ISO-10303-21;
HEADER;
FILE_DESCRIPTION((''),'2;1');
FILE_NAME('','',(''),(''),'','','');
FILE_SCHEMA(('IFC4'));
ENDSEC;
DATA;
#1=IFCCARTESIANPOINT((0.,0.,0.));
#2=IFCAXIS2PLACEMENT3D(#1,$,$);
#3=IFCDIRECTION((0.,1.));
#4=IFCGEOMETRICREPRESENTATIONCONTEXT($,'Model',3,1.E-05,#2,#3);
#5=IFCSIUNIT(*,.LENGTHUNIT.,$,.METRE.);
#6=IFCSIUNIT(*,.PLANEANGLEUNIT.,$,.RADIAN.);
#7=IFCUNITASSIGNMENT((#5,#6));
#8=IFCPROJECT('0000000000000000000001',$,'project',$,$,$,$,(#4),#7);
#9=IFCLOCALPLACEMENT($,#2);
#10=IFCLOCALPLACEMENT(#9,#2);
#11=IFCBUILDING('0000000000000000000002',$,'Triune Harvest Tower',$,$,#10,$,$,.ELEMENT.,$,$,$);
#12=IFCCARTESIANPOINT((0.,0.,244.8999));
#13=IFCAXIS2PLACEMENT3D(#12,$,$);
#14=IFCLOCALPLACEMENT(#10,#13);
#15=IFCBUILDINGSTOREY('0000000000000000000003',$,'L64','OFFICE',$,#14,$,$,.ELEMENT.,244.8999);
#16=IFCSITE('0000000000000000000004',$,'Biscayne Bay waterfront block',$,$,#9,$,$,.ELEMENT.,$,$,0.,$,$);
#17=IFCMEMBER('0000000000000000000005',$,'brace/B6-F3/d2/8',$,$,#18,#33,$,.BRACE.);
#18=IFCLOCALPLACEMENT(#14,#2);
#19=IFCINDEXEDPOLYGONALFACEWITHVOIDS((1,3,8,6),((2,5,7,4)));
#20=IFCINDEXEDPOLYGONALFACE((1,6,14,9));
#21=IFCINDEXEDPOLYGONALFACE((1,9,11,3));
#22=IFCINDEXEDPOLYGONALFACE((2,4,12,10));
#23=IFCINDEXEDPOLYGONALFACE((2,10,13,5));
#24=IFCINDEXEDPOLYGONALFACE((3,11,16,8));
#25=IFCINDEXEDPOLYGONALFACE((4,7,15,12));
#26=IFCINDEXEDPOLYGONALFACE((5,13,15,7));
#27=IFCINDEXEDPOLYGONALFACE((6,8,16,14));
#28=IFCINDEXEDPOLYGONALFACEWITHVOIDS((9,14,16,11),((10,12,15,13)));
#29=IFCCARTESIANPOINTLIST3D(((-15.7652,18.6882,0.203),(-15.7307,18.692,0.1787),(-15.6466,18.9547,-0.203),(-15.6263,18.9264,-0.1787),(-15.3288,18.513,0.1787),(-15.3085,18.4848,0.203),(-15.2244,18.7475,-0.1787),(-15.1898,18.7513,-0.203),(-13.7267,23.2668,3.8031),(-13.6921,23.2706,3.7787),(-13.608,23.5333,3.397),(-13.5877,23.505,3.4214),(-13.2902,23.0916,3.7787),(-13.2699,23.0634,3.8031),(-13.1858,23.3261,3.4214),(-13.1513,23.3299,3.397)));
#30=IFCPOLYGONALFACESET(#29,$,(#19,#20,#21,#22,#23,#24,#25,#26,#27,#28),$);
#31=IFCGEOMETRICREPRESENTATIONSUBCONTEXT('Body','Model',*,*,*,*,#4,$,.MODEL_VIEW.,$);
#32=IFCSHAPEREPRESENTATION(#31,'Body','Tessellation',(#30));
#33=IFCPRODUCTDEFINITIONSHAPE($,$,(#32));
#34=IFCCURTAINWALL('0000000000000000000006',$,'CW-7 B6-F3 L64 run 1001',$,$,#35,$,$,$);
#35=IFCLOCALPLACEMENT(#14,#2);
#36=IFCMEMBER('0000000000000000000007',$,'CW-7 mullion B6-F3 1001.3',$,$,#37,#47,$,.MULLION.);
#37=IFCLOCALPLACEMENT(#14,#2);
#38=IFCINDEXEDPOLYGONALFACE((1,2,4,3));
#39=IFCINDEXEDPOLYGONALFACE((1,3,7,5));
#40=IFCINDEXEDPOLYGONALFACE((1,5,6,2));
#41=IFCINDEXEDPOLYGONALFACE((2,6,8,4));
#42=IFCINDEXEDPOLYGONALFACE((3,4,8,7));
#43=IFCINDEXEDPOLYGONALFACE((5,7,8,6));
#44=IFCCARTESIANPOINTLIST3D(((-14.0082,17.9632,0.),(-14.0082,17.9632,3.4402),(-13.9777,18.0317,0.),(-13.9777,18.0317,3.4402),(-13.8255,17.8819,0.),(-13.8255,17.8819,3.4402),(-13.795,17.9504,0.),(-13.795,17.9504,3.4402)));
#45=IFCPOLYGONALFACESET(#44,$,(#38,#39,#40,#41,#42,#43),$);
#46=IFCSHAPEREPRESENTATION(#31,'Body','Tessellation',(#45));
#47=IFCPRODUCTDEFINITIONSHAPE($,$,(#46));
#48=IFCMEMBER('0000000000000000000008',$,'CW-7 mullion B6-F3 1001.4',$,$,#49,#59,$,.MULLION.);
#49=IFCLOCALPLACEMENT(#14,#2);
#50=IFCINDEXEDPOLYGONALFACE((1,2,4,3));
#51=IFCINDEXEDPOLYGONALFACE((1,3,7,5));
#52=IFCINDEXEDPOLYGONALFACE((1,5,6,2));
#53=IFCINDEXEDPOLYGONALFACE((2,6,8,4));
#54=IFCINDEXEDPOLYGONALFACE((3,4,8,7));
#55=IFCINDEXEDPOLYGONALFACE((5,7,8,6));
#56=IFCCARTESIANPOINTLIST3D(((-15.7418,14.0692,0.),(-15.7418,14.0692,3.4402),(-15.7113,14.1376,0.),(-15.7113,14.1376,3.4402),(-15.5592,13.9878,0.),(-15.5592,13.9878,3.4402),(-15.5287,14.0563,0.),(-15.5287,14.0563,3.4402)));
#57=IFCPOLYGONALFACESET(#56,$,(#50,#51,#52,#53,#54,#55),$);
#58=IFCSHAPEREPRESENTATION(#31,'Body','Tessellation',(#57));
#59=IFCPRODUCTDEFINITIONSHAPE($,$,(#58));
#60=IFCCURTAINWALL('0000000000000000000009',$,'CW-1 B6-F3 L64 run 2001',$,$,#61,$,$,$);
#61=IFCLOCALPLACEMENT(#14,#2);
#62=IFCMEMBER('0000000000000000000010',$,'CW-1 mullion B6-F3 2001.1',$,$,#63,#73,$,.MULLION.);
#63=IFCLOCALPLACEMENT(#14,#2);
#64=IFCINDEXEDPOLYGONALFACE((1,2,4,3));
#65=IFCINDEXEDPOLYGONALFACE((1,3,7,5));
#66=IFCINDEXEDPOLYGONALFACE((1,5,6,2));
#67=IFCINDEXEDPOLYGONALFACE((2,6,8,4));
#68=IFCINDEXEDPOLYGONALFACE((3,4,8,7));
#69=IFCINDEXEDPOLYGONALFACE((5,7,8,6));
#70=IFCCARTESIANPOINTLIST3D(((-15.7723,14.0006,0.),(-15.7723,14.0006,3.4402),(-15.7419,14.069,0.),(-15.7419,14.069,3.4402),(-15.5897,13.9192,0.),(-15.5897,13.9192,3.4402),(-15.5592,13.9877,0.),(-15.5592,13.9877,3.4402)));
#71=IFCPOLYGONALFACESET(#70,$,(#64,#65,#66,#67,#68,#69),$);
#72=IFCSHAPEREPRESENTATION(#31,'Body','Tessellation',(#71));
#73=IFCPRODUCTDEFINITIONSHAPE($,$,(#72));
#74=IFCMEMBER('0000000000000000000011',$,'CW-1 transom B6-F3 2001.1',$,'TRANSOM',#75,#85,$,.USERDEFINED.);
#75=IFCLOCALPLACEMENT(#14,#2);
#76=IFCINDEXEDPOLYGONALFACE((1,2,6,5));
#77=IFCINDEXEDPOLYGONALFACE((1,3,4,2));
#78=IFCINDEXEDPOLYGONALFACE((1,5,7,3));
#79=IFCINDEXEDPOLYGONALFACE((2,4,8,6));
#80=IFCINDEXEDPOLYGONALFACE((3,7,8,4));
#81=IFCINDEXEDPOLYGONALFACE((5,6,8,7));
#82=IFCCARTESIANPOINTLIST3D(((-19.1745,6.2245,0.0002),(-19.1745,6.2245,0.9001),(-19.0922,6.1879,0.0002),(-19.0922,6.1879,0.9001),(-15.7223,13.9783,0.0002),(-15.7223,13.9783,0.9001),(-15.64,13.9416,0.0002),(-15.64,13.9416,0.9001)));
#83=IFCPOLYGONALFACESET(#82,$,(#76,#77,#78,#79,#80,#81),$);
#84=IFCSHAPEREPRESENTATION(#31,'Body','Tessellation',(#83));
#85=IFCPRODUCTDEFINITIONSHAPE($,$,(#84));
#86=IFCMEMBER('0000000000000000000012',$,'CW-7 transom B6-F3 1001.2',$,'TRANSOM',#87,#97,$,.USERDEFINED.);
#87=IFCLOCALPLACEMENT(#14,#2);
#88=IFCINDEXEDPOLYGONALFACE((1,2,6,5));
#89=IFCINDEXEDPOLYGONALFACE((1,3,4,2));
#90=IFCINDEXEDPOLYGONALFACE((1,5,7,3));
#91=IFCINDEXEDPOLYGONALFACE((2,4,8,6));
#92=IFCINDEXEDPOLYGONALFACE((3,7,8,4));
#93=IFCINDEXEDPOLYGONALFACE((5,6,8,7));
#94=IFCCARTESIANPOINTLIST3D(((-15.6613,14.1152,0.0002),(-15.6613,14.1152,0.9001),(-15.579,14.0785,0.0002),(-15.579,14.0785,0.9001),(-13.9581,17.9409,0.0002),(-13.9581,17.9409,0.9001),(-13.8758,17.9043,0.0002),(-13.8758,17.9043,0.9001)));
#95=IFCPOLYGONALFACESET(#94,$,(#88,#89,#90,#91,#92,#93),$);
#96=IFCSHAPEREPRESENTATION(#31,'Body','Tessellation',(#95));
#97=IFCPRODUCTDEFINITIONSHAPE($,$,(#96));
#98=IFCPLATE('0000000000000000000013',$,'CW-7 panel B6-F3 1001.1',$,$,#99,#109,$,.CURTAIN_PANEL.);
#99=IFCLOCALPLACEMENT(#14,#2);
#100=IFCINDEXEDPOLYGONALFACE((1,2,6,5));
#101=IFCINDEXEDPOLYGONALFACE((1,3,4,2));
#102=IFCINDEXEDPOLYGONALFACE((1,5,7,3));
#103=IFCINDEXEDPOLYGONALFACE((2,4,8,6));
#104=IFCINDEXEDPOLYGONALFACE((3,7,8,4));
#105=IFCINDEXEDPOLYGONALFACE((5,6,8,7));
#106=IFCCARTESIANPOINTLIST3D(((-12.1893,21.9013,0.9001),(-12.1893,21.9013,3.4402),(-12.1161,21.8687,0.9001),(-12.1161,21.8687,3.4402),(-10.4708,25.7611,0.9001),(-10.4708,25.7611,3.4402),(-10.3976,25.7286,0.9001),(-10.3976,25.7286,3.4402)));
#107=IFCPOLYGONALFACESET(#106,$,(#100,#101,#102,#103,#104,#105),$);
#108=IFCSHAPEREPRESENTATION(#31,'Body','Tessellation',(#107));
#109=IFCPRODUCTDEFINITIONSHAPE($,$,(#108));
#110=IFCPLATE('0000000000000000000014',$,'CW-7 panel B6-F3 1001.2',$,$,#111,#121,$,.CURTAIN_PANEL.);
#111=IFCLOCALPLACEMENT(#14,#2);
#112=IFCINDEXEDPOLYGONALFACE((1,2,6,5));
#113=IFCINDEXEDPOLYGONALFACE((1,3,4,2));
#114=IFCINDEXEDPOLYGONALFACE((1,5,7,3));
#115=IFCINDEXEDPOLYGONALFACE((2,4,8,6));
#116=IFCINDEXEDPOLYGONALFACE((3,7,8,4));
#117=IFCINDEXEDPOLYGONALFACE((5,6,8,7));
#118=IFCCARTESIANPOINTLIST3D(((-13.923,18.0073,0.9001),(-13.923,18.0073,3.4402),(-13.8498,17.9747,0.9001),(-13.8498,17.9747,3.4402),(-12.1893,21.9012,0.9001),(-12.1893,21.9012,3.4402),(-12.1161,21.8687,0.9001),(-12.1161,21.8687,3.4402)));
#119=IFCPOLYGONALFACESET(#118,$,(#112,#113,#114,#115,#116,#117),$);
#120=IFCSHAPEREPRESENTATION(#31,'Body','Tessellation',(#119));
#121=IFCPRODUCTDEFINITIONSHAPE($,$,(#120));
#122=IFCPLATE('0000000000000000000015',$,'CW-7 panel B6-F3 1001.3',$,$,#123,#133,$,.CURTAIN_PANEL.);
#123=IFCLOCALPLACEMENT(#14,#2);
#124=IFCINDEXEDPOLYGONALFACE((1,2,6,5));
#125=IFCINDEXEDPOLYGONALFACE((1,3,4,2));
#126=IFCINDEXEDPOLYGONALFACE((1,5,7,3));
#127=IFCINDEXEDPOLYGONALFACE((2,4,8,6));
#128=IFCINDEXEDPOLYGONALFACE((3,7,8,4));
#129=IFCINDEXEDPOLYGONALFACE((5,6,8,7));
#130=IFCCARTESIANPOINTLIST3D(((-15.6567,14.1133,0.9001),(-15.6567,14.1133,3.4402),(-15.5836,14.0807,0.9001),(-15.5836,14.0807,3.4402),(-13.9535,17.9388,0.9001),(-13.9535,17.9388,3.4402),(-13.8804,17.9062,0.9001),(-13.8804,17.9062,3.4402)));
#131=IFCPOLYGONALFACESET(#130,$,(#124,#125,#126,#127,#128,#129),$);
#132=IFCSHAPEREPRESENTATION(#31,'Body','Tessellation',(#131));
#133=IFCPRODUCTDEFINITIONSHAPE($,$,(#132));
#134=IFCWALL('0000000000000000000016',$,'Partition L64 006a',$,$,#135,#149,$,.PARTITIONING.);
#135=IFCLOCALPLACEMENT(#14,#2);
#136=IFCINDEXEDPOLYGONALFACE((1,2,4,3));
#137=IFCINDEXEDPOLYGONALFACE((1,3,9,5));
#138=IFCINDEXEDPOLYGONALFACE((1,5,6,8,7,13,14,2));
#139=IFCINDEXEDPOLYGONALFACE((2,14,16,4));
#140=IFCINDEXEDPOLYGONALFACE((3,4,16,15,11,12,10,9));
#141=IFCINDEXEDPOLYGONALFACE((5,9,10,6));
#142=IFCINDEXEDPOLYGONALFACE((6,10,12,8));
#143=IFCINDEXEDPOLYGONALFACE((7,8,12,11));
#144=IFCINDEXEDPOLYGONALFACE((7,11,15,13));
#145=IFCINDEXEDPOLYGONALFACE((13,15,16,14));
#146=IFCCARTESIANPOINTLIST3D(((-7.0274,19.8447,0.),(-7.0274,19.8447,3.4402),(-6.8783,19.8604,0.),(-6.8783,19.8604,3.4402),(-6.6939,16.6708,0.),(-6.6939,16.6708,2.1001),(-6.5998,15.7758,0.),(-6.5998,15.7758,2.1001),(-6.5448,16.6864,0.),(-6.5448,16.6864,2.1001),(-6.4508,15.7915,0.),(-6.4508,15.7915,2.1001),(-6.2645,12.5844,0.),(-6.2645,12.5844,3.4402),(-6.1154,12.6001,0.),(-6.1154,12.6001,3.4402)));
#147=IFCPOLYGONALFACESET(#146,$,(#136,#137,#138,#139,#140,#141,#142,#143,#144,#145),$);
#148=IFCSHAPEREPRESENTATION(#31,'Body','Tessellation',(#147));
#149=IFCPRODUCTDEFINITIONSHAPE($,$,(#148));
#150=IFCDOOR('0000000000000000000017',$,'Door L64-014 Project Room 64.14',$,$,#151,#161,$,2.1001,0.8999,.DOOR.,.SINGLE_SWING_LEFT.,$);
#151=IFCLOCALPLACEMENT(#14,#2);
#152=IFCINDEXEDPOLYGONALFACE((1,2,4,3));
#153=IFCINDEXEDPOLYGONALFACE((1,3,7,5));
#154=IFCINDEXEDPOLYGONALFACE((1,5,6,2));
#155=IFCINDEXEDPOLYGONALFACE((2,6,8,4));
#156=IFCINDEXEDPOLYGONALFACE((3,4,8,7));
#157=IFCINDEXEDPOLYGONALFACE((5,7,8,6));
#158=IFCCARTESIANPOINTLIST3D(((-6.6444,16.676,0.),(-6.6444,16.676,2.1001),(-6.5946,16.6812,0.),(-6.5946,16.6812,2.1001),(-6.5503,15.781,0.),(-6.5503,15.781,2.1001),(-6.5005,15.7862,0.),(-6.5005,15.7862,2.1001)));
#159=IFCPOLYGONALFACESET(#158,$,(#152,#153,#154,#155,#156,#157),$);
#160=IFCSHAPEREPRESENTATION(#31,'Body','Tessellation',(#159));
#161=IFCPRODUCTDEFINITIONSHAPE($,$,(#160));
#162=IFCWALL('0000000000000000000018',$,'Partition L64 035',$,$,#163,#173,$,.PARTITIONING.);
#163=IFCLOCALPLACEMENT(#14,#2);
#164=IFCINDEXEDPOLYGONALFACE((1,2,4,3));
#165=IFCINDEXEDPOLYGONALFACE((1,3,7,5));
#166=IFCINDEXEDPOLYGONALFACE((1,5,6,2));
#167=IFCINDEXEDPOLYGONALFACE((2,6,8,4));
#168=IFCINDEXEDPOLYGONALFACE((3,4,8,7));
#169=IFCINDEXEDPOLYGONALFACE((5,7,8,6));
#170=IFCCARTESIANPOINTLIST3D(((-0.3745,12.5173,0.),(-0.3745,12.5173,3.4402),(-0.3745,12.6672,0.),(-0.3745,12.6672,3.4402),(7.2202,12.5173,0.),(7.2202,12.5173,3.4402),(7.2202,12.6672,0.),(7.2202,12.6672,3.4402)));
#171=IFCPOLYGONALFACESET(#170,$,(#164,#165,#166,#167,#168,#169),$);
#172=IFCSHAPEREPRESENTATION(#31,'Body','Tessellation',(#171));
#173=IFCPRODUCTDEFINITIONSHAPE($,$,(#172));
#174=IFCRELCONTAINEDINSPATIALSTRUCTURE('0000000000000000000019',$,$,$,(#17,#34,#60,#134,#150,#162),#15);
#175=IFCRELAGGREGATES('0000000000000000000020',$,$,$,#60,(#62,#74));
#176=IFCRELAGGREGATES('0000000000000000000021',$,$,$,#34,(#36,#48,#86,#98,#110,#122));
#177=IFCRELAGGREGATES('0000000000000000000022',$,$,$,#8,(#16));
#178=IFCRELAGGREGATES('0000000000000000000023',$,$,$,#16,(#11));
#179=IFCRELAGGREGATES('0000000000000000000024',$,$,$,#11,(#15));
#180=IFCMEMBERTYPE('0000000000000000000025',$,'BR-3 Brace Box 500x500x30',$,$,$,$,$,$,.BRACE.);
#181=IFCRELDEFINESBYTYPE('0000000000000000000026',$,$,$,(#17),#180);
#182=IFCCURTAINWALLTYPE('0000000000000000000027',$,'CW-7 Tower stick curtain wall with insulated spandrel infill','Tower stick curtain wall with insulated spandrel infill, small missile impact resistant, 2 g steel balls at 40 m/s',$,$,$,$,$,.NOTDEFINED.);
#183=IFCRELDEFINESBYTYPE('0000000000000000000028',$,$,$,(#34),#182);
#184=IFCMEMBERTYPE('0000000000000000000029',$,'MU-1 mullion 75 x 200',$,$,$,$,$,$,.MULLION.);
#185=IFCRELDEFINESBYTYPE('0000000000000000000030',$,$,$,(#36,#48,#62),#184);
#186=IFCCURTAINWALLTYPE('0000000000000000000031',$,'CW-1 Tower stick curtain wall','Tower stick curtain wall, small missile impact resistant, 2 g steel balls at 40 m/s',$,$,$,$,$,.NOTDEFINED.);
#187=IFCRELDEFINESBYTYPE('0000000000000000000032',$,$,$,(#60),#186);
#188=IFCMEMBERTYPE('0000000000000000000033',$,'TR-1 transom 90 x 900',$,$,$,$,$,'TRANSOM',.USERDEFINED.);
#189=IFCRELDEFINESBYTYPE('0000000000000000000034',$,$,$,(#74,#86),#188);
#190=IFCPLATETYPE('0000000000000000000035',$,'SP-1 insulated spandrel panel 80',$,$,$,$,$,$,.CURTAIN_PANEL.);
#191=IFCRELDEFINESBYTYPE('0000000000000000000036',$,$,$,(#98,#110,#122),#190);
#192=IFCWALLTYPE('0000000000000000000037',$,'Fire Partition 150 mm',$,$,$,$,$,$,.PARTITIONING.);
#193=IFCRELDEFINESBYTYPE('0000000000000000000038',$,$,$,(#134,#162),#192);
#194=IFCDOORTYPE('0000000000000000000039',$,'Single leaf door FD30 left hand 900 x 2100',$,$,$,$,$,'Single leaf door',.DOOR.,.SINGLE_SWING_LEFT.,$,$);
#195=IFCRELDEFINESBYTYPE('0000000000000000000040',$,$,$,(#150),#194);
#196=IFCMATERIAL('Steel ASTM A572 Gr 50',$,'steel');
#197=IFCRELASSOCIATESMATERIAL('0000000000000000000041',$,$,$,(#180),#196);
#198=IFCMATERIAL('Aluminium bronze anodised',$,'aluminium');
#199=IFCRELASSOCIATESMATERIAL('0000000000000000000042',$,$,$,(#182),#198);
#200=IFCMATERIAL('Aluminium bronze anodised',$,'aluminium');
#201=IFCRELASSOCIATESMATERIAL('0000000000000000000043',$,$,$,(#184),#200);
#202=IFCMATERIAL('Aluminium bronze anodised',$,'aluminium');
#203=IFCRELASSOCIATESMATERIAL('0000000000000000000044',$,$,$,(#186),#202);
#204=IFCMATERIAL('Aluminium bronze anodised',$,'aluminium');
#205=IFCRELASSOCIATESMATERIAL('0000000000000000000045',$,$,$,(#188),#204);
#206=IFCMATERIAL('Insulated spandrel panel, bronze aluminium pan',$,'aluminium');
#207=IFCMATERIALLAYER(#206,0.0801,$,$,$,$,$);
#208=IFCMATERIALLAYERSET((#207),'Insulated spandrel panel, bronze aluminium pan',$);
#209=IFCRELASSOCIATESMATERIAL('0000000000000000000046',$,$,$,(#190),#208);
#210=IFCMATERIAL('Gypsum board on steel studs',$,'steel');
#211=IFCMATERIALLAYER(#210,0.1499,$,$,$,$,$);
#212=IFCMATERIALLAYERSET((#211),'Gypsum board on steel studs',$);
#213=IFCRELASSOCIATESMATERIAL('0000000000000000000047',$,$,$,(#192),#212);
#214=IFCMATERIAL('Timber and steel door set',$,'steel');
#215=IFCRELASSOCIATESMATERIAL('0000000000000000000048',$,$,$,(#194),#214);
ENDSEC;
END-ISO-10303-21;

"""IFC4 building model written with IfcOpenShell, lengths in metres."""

from ifc_helpers import new_model, si_unit, direction, frame, frame_2d, origin, origin_2d, place, context, subcontext, project, spatial, rectangle, hollow_rectangle, extrude, source, transform, mapped, material, layer, layer_set, material_profile, profile_set, type_object, element, fill, aggregate, save


model = new_model("IFC4")

# Units and contexts
model_context = context("Model", 3, precision=1e-05, world=origin(), true_north=direction((0.0, 1.0)))
body_context = subcontext(model_context, "Body", "Model", "MODEL_VIEW")
ifc_project = project(units=[si_unit("LENGTHUNIT", "METRE"), si_unit("PLANEANGLEUNIT", "RADIAN")], contexts=[model_context])

# Site, building, storey
site_placement = place(None, origin())
site = spatial("IfcSite", under=ifc_project, at=site_placement, Name="Biscayne Bay waterfront block", CompositionType="ELEMENT", RefElevation=0.0)
building_placement = place(site_placement, origin())
building = spatial("IfcBuilding", under=site, at=building_placement, Name="Triune Harvest Tower", CompositionType="ELEMENT")
storey_placement = place(building_placement, frame((0.0, 0.0, 244.8999)))
storey = spatial("IfcBuildingStorey", under=building, at=storey_placement, Name="L64", Description="OFFICE", CompositionType="ELEMENT", Elevation=244.8999)

# Member
ifc_material_1 = material(Name="Steel ASTM A572 Gr 50", Category="steel")
ifc_material_profile_1 = material_profile(ifc_material_1, hollow_rectangle(XDim=0.5, YDim=0.5, WallThickness=0.03, at=origin_2d()), Name="Box 500x500x30")
ifc_profile_set_1 = profile_set([ifc_material_profile_1], Name="Steel ASTM A572 Gr 50")
member_type_1 = type_object("IfcMemberType", Name="BR-3 Brace Box 500x500x30", PredefinedType="BRACE", material=ifc_profile_set_1)
shared_shape_1 = source(origin(), body_context, "Body", "SweptSolid", [
    extrude(hollow_rectangle(XDim=0.5, YDim=0.5, WallThickness=0.03, at=origin_2d()), origin(), (0.0, 0.0, 1.0), 6.1709),
])
member_1_placement = place(storey_placement, frame((-15.4775, 18.7197, 0.0), z_axis=(0.330352, 0.741967, 0.583398), x_axis=(-0.913542, 0.406744, 0.0)))
element("IfcMember", 1, at=member_1_placement, inside=storey, type_object=member_type_1, Name="brace/B6-F3/d2/8", PredefinedType="BRACE", context=body_context, shape_type="MappedRepresentation", body=[
    mapped(shared_shape_1, transform((0.0, 0.0, 0.0), scale=1.0)),
])

# Curtain walls, members
ifc_material_2 = material(Name="Aluminium bronze anodised", Category="aluminium")
curtain_wall_type_1 = type_object("IfcCurtainWallType", Name="CW-7 Tower stick curtain wall with insulated spandrel infill", Description="Tower stick curtain wall with insulated spandrel infill, small missile impact resistant, 2 g steel balls at 40 m/s", PredefinedType="NOTDEFINED", material=ifc_material_2)
curtain_wall_1_placement = place(storey_placement, origin())
curtain_wall_1 = element("IfcCurtainWall", 2, at=curtain_wall_1_placement, inside=storey, type_object=curtain_wall_type_1, Name="CW-7 B6-F3 L64 run 1001")
ifc_material_3 = material(Name="Aluminium bronze anodised", Category="aluminium")
ifc_material_profile_2 = material_profile(ifc_material_3, rectangle(XDim=0.2, YDim=0.075, at=origin_2d()), Name="MU-1 mullion 75 x 200")
ifc_profile_set_2 = profile_set([ifc_material_profile_2], Name="Aluminium bronze anodised")
member_type_2 = type_object("IfcMemberType", Name="MU-1 mullion 75 x 200", PredefinedType="MULLION", material=ifc_profile_set_2)
shared_shape_2 = source(origin(), body_context, "Body", "SweptSolid", [
    extrude(rectangle(XDim=0.2, YDim=0.075, at=origin_2d()), origin(), (0.0, 0.0, 1.0), 3.4402),
])
member_2_placement = place(storey_placement, frame((-13.9016, 17.9568, 0.0), z_axis=(0.0, 0.0, 1.0), x_axis=(0.913546, -0.406735, 0.0)))
member_2 = element("IfcMember", 3, at=member_2_placement, type_object=member_type_2, Name="CW-7 mullion B6-F3 1001.3", PredefinedType="MULLION", context=body_context, shape_type="MappedRepresentation", body=[
    mapped(shared_shape_2, transform((0.0, 0.0, 0.0), scale=1.0)),
])
member_3_placement = place(storey_placement, frame((-15.6353, 14.0627, 0.0), z_axis=(0.0, 0.0, 1.0), x_axis=(0.913546, -0.406735, 0.0)))
member_3 = element("IfcMember", 4, at=member_3_placement, type_object=member_type_2, Name="CW-7 mullion B6-F3 1001.4", PredefinedType="MULLION", context=body_context, shape_type="MappedRepresentation", body=[
    mapped(shared_shape_2, transform((0.0, 0.0, 0.0), scale=1.0)),
])
ifc_material_4 = material(Name="Aluminium bronze anodised", Category="aluminium")
curtain_wall_type_2 = type_object("IfcCurtainWallType", Name="CW-1 Tower stick curtain wall", Description="Tower stick curtain wall, small missile impact resistant, 2 g steel balls at 40 m/s", PredefinedType="NOTDEFINED", material=ifc_material_4)
curtain_wall_2_placement = place(storey_placement, origin())
curtain_wall_2 = element("IfcCurtainWall", 5, at=curtain_wall_2_placement, inside=storey, type_object=curtain_wall_type_2, Name="CW-1 B6-F3 L64 run 2001")
member_4_placement = place(storey_placement, frame((-15.6658, 13.9941, 0.0), z_axis=(0.0, 0.0, 1.0), x_axis=(0.913542, -0.406744, 0.0)))
member_4 = element("IfcMember", 6, at=member_4_placement, type_object=member_type_2, Name="CW-1 mullion B6-F3 2001.1", PredefinedType="MULLION", context=body_context, shape_type="MappedRepresentation", body=[
    mapped(shared_shape_2, transform((0.0, 0.0, 0.0), scale=1.0)),
])
ifc_material_5 = material(Name="Aluminium bronze anodised", Category="aluminium")
ifc_material_profile_3 = material_profile(ifc_material_5, rectangle(XDim=0.0901, YDim=0.8999, at=origin_2d()), Name="TR-1 transom 90 x 900")
ifc_profile_set_3 = profile_set([ifc_material_profile_3], Name="Aluminium bronze anodised")
member_type_3 = type_object("IfcMemberType", Name="TR-1 transom 90 x 900", ElementType="TRANSOM", PredefinedType="USERDEFINED", material=ifc_profile_set_3)
shared_shape_3 = source(origin(), body_context, "Body", "SweptSolid", [
    extrude(rectangle(XDim=0.0901, YDim=0.8999, at=origin_2d()), origin(), (0.0, 0.0, 1.0), 8.4875),
])
member_5_placement = place(storey_placement, frame((-15.6812, 13.96, 0.4502), z_axis=(-0.406736, -0.913546, 0.0), x_axis=(0.913546, -0.406736, 0.0)))
member_5 = element("IfcMember", 7, at=member_5_placement, type_object=member_type_3, Name="CW-1 transom B6-F3 2001.1", ObjectType="TRANSOM", PredefinedType="USERDEFINED", context=body_context, shape_type="MappedRepresentation", body=[
    mapped(shared_shape_3, transform((0.0, 0.0, 0.0), scale=1.0)),
])
aggregate(curtain_wall_2, [member_4, member_5])

# Member
shared_shape_4 = source(origin(), body_context, "Body", "SweptSolid", [
    extrude(rectangle(XDim=0.0901, YDim=0.8999, at=origin_2d()), origin(), (0.0, 0.0, 1.0), 4.1877),
])
member_6_placement = place(storey_placement, frame((-13.917, 17.9226, 0.4502), z_axis=(-0.406701, -0.913561, 0.0), x_axis=(0.913561, -0.406701, 0.0)))
member_6 = element("IfcMember", 8, at=member_6_placement, type_object=member_type_3, Name="CW-7 transom B6-F3 1001.2", ObjectType="TRANSOM", PredefinedType="USERDEFINED", context=body_context, shape_type="MappedRepresentation", body=[
    mapped(shared_shape_4, transform((0.0, 0.0, 0.0), scale=1.0)),
])

# Plates
ifc_material_6 = material(Name="Insulated spandrel panel, bronze aluminium pan", Category="aluminium")
ifc_layer_1 = layer(ifc_material_6, 0.0801)
ifc_layer_set_1 = layer_set([ifc_layer_1], Name="Insulated spandrel panel, bronze aluminium pan")
plate_type = type_object("IfcPlateType", Name="SP-1 insulated spandrel panel 80", PredefinedType="CURTAIN_PANEL", material=ifc_layer_set_1)
shared_shape_5 = source(origin(), body_context, "Body", "SweptSolid", [
    extrude(rectangle(XDim=4.2251, YDim=0.0801, at=origin_2d()), origin(), (0.0, 0.0, 1.0), 2.54),
])
plate_1_placement = place(storey_placement, frame((-11.2935, 23.8149, 0.9001), z_axis=(0.0, 0.0, 1.0), x_axis=(-0.406735, -0.913546, 0.0)))
plate_1 = element("IfcPlate", 9, at=plate_1_placement, type_object=plate_type, Name="CW-7 panel B6-F3 1001.1", PredefinedType="CURTAIN_PANEL", context=body_context, shape_type="MappedRepresentation", body=[
    mapped(shared_shape_5, transform((0.0, 0.0, 0.0), scale=1.0)),
])
shared_shape_6 = source(origin(), body_context, "Body", "SweptSolid", [
    extrude(rectangle(XDim=4.2625, YDim=0.0801, at=origin_2d()), origin(), (0.0, 0.0, 1.0), 2.54),
])
plate_2_placement = place(storey_placement, frame((-13.0195, 19.938, 0.9001), z_axis=(0.0, 0.0, 1.0), x_axis=(-0.406735, -0.913546, 0.0)))
plate_2 = element("IfcPlate", 10, at=plate_2_placement, type_object=plate_type, Name="CW-7 panel B6-F3 1001.2", PredefinedType="CURTAIN_PANEL", context=body_context, shape_type="MappedRepresentation", body=[
    mapped(shared_shape_6, transform((0.0, 0.0, 0.0), scale=1.0)),
])
shared_shape_7 = source(origin(), body_context, "Body", "SweptSolid", [
    extrude(rectangle(XDim=4.1875, YDim=0.0801, at=origin_2d()), origin(), (0.0, 0.0, 1.0), 2.54),
])
plate_3_placement = place(storey_placement, frame((-14.7686, 16.0098, 0.9001), z_axis=(0.0, 0.0, 1.0), x_axis=(-0.406735, -0.913546, 0.0)))
plate_3 = element("IfcPlate", 11, at=plate_3_placement, type_object=plate_type, Name="CW-7 panel B6-F3 1001.3", PredefinedType="CURTAIN_PANEL", context=body_context, shape_type="MappedRepresentation", body=[
    mapped(shared_shape_7, transform((0.0, 0.0, 0.0), scale=1.0)),
])
aggregate(curtain_wall_1, [member_2, member_3, member_6, plate_1, plate_2, plate_3])

# Wall, opening, door
ifc_material_7 = material(Name="Gypsum board on steel studs", Category="steel")
ifc_layer_2 = layer(ifc_material_7, 0.1499)
ifc_layer_set_2 = layer_set([ifc_layer_2], Name="Gypsum board on steel studs")
wall_type_1 = type_object("IfcWallType", Name="Fire Partition 150 mm", PredefinedType="PARTITIONING", material=ifc_layer_set_2)
wall_1_placement = place(storey_placement, frame((-6.9529, 19.8525, 0.0), z_axis=(0.0, 0.0, 1.0), x_axis=(0.104509, -0.994524, 0.0)))
wall_1 = element("IfcWall", 12, at=wall_1_placement, inside=storey, type_object=wall_type_1, Name="Partition L64 006a", PredefinedType="PARTITIONING", context=body_context, shape_type="SweptSolid", body=[
    extrude(rectangle(XDim=7.3003, YDim=0.1499, at=frame_2d((3.6501, 0.0))), origin(), (0.0, 0.0, 1.0), 3.4402),
])
opening_placement = place(wall_1_placement, frame((3.1914, 0.0, 0.0)))
opening = element("IfcOpeningElement", 13, at=opening_placement, cuts=wall_1, PredefinedType="OPENING", context=body_context, shape_type="SweptSolid", body=[
    extrude(rectangle(XDim=0.8999, YDim=2.1001, at=frame_2d((0.45, 1.05))), frame((0.0, 0.085, 0.0), z_axis=(0.0, -1.0, 0.0), x_axis=(1.0, 0.0, 0.0)), (0.0, 0.0, 1.0), 0.1699),
])
ifc_material_8 = material(Name="Timber and steel door set", Category="steel")
door_type = type_object("IfcDoorType", Name="Single leaf door FD30 left hand 900 x 2100", ElementType="Single leaf door", OperationType="SINGLE_SWING_LEFT", PredefinedType="DOOR", material=ifc_material_8)
door_placement = place(opening_placement, origin())
door = element("IfcDoor", 14, at=door_placement, inside=storey, type_object=door_type, Name="Door L64-014 Project Room 64.14", OperationType="SINGLE_SWING_LEFT", OverallHeight=2.1001, OverallWidth=0.8999, PredefinedType="DOOR", context=body_context, shape_type="SweptSolid", body=[
    extrude(rectangle(XDim=0.8999, YDim=2.1001, at=frame_2d((0.45, 1.05))), frame((0.0, 0.0249, 0.0), z_axis=(0.0, -1.0, 0.0), x_axis=(1.0, 0.0, 0.0)), (0.0, 0.0, 1.0), 0.05),
])
fill(opening, door)

# Wall
wall_2_placement = place(storey_placement, frame((-0.3745, 12.5923, 0.0), z_axis=(0.0, 0.0, 1.0), x_axis=(1.0, 0.0, 0.0)))
element("IfcWall", 15, at=wall_2_placement, inside=storey, type_object=wall_type_1, Name="Partition L64 035", PredefinedType="PARTITIONING", context=body_context, shape_type="SweptSolid", body=[
    extrude(rectangle(XDim=7.5947, YDim=0.1499, at=frame_2d((3.7974, 0.0))), origin(), (0.0, 0.0, 1.0), 3.4402),
])

save(model, "model.ifc")
